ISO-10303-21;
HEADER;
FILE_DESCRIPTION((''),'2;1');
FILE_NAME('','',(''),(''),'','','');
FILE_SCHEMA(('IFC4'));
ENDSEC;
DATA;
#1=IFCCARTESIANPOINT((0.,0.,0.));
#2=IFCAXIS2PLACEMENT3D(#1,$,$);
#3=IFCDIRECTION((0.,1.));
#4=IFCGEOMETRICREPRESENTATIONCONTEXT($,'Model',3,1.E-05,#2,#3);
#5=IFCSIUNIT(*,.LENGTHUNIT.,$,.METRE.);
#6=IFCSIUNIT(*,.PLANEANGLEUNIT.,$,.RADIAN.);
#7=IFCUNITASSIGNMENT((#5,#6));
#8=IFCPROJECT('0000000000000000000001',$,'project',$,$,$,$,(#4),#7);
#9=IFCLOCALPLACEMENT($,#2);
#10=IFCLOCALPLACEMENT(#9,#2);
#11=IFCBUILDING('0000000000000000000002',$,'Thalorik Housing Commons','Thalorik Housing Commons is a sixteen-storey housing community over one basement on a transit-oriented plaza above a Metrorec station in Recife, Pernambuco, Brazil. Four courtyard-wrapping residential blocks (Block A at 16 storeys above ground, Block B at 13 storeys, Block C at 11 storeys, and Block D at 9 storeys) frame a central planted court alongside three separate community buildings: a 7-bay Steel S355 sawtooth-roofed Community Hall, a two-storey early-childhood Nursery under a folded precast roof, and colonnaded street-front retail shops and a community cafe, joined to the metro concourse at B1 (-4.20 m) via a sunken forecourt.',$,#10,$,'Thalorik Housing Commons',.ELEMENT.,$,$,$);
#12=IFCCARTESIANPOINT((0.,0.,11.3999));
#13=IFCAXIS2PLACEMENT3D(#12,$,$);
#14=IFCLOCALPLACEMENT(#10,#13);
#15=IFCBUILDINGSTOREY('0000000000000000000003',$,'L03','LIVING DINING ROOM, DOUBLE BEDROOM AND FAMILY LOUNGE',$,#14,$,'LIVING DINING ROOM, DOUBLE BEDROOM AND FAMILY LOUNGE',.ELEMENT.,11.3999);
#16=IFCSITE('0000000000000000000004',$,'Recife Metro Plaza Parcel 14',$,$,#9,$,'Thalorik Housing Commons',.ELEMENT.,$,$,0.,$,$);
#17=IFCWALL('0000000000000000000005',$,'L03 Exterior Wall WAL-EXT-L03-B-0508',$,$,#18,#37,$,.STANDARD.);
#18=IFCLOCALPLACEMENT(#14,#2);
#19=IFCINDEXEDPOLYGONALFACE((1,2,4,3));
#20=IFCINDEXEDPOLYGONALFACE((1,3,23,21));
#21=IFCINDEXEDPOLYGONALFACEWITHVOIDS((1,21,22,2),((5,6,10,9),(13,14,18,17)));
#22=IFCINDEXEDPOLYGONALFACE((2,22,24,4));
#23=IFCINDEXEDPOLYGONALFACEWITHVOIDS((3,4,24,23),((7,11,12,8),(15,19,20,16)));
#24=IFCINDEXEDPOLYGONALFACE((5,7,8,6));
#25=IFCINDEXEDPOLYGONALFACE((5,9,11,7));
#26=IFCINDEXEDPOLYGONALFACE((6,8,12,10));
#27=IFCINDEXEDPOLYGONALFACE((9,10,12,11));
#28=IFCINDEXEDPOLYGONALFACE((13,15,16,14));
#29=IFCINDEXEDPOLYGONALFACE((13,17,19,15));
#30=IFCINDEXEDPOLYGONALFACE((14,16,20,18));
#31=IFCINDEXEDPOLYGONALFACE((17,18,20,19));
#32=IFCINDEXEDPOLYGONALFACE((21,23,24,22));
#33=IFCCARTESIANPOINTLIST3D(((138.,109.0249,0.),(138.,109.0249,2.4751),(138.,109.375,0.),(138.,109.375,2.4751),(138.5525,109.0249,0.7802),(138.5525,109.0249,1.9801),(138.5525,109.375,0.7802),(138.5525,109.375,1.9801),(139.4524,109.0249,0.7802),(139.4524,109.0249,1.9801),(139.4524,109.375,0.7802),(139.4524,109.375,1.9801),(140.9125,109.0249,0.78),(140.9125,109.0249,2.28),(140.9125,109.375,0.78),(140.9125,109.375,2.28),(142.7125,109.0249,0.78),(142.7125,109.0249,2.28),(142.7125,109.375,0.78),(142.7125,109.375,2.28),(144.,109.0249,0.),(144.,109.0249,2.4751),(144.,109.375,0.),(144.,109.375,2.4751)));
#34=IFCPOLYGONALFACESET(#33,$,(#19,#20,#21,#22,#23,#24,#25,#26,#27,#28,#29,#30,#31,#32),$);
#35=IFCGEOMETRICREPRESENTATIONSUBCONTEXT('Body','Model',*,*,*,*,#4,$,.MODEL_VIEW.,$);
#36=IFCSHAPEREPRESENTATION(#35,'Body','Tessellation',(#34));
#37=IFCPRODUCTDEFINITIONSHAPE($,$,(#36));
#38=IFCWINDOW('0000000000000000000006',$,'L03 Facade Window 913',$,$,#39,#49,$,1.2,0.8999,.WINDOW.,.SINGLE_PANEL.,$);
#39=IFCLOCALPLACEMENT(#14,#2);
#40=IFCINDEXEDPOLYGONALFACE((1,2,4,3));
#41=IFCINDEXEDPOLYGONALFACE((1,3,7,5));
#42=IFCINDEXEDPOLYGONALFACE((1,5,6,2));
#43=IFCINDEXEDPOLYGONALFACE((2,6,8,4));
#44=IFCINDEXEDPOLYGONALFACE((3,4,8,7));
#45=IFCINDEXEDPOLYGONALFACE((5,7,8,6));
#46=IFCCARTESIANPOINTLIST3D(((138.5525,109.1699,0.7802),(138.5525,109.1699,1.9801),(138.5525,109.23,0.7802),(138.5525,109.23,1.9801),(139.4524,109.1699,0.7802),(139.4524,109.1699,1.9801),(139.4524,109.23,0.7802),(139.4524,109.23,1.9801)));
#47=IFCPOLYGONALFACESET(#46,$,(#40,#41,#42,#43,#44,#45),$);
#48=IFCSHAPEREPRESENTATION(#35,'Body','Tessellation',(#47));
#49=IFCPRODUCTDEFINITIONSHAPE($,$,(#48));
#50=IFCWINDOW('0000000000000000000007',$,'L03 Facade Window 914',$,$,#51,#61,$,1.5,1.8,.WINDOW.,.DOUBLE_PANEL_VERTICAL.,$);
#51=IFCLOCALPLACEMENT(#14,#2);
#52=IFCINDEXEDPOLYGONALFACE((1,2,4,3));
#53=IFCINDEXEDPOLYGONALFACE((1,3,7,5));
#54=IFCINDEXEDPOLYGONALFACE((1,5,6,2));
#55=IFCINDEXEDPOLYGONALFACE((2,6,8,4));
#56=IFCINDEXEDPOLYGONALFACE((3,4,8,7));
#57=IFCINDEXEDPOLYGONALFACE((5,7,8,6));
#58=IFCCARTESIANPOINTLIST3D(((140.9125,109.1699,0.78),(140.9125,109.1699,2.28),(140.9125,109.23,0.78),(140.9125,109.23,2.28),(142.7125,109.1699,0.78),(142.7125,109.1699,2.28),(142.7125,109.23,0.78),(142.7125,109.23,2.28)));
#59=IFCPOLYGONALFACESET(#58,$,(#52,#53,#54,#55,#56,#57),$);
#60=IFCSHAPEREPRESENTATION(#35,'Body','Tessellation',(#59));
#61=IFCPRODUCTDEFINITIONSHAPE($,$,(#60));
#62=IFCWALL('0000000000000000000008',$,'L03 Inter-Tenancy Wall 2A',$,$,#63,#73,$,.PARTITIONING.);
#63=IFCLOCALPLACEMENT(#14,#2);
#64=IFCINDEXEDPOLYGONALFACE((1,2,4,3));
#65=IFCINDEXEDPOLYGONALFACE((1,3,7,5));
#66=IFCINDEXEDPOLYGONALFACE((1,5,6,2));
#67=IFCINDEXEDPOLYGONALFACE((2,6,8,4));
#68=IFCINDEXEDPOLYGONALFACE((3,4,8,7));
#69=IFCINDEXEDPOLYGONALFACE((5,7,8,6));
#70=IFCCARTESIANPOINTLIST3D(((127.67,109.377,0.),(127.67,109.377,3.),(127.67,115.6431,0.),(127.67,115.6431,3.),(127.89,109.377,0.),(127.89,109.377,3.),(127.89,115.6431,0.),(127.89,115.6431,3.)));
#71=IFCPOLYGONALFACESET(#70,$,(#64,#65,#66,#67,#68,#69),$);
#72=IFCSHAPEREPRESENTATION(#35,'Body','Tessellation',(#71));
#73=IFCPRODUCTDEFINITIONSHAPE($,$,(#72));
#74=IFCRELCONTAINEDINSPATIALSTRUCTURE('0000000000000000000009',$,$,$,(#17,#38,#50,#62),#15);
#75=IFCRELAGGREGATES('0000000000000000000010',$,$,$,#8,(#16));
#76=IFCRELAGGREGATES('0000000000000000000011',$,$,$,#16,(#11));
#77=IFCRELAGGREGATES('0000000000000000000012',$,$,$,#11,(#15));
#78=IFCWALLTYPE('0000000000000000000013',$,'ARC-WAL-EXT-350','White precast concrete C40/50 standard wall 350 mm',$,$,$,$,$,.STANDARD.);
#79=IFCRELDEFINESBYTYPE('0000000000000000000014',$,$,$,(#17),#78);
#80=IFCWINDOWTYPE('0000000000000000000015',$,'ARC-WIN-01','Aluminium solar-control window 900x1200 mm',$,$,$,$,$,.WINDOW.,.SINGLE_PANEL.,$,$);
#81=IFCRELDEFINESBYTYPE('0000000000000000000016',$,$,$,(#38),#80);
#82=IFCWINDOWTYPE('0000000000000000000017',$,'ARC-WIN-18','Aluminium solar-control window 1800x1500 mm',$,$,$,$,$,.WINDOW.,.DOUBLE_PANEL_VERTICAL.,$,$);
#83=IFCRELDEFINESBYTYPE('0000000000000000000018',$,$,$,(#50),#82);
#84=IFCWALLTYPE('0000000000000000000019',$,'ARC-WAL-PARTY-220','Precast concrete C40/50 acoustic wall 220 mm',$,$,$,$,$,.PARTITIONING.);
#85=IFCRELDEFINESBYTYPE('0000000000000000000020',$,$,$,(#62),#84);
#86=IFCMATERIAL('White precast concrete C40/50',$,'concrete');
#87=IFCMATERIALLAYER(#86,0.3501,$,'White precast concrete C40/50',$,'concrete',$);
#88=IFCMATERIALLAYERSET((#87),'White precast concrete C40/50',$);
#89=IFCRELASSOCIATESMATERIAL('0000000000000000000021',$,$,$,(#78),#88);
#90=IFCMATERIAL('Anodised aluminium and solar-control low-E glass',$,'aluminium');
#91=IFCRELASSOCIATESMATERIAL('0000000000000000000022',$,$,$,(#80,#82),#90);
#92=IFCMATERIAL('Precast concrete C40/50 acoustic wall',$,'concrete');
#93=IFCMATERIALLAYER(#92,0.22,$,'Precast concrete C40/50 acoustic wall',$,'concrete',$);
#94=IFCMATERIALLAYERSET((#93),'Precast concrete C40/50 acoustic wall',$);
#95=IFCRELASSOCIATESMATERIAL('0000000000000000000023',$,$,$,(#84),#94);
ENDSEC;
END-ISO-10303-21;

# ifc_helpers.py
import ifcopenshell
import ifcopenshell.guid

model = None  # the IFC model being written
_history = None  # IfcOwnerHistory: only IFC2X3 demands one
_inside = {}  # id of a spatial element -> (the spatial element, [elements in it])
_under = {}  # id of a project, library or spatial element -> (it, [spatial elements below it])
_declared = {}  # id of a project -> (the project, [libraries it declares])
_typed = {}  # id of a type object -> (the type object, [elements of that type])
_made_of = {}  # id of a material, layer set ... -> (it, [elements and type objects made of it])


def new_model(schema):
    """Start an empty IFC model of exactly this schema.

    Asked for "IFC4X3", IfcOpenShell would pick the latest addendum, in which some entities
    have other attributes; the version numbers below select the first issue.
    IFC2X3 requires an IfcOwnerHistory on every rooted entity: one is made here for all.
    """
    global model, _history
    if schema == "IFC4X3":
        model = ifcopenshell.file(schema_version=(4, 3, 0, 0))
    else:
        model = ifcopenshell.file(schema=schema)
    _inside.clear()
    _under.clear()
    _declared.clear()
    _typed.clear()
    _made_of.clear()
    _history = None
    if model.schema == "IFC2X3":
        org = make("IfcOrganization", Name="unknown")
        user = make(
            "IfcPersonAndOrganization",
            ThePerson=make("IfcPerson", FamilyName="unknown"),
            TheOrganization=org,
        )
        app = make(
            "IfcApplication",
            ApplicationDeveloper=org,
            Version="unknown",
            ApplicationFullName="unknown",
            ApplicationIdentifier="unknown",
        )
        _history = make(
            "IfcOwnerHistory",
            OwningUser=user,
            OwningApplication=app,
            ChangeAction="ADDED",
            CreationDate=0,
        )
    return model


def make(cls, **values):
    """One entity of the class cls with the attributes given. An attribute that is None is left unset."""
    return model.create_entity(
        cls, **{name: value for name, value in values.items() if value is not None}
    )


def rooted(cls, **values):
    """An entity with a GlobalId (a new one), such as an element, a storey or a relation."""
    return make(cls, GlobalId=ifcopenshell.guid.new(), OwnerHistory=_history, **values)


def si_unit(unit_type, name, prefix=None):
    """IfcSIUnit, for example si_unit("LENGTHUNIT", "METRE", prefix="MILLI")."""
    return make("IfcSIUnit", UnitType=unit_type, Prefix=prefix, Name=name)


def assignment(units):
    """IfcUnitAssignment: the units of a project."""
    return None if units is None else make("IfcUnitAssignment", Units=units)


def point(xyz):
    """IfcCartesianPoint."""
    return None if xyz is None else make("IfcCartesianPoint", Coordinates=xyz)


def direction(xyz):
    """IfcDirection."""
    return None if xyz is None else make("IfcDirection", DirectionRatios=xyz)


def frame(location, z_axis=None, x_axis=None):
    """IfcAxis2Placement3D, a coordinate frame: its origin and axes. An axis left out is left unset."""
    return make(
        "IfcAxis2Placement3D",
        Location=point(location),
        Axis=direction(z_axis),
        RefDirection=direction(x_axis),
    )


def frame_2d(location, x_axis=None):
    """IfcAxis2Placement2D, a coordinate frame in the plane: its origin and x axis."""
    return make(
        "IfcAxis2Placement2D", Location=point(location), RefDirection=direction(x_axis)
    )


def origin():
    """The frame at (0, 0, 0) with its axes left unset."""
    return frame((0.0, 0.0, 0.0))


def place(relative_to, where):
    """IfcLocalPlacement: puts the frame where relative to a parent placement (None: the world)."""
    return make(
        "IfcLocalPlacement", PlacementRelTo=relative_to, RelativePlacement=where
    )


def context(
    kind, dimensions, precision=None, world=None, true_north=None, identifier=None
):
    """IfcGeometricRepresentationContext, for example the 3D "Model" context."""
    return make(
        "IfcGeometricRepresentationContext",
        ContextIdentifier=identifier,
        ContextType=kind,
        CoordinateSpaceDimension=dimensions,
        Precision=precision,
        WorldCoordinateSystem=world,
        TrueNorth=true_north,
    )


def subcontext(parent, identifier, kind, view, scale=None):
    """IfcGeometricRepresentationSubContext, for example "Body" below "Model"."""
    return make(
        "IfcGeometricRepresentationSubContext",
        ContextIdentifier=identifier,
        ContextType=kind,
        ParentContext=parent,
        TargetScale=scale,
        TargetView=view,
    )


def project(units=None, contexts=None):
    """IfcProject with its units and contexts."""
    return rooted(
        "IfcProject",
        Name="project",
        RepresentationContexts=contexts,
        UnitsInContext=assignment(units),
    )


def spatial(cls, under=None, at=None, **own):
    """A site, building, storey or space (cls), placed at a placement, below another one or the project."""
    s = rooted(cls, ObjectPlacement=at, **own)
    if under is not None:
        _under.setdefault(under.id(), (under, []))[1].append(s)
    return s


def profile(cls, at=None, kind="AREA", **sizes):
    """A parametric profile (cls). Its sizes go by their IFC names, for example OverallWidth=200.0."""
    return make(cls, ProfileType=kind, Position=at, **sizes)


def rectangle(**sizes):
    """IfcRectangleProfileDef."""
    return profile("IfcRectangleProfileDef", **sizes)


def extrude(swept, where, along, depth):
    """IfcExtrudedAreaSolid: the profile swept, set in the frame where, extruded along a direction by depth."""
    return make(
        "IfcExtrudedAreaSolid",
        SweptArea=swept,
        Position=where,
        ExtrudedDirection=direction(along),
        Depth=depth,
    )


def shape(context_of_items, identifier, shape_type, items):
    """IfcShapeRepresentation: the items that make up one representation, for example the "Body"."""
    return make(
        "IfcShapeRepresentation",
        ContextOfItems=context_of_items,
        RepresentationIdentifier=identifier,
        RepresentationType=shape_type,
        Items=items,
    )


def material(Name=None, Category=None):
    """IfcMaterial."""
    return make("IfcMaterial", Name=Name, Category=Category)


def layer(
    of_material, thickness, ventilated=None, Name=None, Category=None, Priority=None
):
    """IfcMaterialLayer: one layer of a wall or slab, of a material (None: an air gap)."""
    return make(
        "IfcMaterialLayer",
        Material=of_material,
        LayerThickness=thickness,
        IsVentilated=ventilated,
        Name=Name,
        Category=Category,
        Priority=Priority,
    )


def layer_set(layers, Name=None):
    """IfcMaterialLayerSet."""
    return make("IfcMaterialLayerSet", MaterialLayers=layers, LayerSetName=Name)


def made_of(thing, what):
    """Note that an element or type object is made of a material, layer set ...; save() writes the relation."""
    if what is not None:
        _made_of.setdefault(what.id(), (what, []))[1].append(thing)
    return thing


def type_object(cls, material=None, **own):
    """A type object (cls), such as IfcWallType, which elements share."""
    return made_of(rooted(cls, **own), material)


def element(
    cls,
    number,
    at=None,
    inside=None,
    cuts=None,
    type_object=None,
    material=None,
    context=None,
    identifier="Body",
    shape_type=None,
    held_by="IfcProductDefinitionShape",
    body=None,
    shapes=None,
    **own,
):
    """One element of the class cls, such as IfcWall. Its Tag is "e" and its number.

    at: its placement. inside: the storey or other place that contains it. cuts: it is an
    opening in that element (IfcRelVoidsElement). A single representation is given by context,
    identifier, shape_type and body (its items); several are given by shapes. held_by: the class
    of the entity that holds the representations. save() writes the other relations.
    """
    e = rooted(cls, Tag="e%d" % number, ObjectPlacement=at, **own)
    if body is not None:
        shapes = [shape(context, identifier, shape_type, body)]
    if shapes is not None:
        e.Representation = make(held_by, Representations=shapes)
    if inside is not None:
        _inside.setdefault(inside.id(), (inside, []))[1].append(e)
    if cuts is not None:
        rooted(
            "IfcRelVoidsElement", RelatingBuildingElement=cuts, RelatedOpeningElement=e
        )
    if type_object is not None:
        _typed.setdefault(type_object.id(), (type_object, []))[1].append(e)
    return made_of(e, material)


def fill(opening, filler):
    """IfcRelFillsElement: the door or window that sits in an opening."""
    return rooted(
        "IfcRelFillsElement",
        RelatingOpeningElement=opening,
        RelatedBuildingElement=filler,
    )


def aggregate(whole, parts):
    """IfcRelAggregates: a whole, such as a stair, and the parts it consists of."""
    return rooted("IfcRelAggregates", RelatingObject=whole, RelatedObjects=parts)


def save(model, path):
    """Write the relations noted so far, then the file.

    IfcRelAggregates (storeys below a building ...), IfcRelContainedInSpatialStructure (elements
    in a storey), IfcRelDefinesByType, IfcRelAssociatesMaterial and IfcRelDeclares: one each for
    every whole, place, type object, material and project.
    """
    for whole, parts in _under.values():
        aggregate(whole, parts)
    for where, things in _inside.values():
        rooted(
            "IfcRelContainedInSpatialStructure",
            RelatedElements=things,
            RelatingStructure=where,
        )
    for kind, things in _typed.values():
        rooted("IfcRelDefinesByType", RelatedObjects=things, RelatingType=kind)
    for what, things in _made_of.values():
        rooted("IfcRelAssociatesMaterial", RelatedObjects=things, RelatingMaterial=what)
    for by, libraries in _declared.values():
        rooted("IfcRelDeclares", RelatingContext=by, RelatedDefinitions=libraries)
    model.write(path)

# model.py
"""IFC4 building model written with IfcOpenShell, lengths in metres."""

from ifc_helpers import new_model, si_unit, direction, frame, frame_2d, origin, place, context, subcontext, project, spatial, rectangle, extrude, material, layer, layer_set, type_object, element, fill, save


model = new_model("IFC4")

# Units and contexts
model_context = context("Model", 3, precision=1e-05, world=origin(), true_north=direction((0.0, 1.0)))
body_context = subcontext(model_context, "Body", "Model", "MODEL_VIEW")
ifc_project = project(units=[si_unit("LENGTHUNIT", "METRE"), si_unit("PLANEANGLEUNIT", "RADIAN")], contexts=[model_context])

# Site, building, storey
site_placement = place(None, origin())
site = spatial("IfcSite", under=ifc_project, at=site_placement, Name="Recife Metro Plaza Parcel 14", LongName="Thalorik Housing Commons", CompositionType="ELEMENT", RefElevation=0.0)
building_placement = place(site_placement, origin())
building = spatial("IfcBuilding", under=site, at=building_placement, Name="Thalorik Housing Commons", Description="Thalorik Housing Commons is a sixteen-storey housing community over one basement on a transit-oriented plaza above a Metrorec station in Recife, Pernambuco, Brazil. Four courtyard-wrapping residential blocks (Block A at 16 storeys above ground, Block B at 13 storeys, Block C at 11 storeys, and Block D at 9 storeys) frame a central planted court alongside three separate community buildings: a 7-bay Steel S355 sawtooth-roofed Community Hall, a two-storey early-childhood Nursery under a folded precast roof, and colonnaded street-front retail shops and a community cafe, joined to the metro concourse at B1 (-4.20 m) via a sunken forecourt.", LongName="Thalorik Housing Commons", CompositionType="ELEMENT")
storey_placement = place(building_placement, frame((0.0, 0.0, 11.3999)))
storey = spatial("IfcBuildingStorey", under=building, at=storey_placement, Name="L03", Description="LIVING DINING ROOM, DOUBLE BEDROOM AND FAMILY LOUNGE", LongName="LIVING DINING ROOM, DOUBLE BEDROOM AND FAMILY LOUNGE", CompositionType="ELEMENT", Elevation=11.3999)

# Wall, openings, windows
ifc_material_1 = material(Name="White precast concrete C40/50", Category="concrete")
ifc_layer_1 = layer(ifc_material_1, 0.3501, Name="White precast concrete C40/50", Category="concrete")
ifc_layer_set_1 = layer_set([ifc_layer_1], Name="White precast concrete C40/50")
wall_type_1 = type_object("IfcWallType", Name="ARC-WAL-EXT-350", Description="White precast concrete C40/50 standard wall 350 mm", PredefinedType="STANDARD", material=ifc_layer_set_1)
ifc_material_2 = material(Name="Anodised aluminium and solar-control low-E glass", Category="aluminium")
wall_1_placement = place(storey_placement, frame((138.0, 109.2, 0.0), z_axis=(0.0, 0.0, 1.0), x_axis=(1.0, 0.0, 0.0)))
wall_1 = element("IfcWall", 1, at=wall_1_placement, inside=storey, type_object=wall_type_1, Name="L03 Exterior Wall WAL-EXT-L03-B-0508", PredefinedType="STANDARD", context=body_context, shape_type="SweptSolid", body=[
    extrude(rectangle(XDim=6.0, YDim=0.3501, at=frame_2d((3.0, 0.0))), origin(), (0.0, 0.0, 1.0), 2.4751),
])
opening_1_placement = place(wall_1_placement, frame((0.5525, 0.0, 0.78)))
opening_1 = element("IfcOpeningElement", 2, at=opening_1_placement, cuts=wall_1, PredefinedType="OPENING", context=body_context, shape_type="SweptSolid", body=[
    extrude(rectangle(XDim=0.8999, YDim=1.2, at=frame_2d((0.45, 0.6001))), frame((0.0, 0.1851, 0.0), z_axis=(0.0, -1.0, 0.0), x_axis=(1.0, 0.0, 0.0)), (0.0, 0.0, 1.0), 0.3701),
])
opening_2_placement = place(wall_1_placement, frame((2.9126, 0.0, 0.78)))
opening_2 = element("IfcOpeningElement", 3, at=opening_2_placement, cuts=wall_1, PredefinedType="OPENING", context=body_context, shape_type="SweptSolid", body=[
    extrude(rectangle(XDim=1.8, YDim=1.5, at=frame_2d((0.8999, 0.75))), frame((0.0, 0.1851, 0.0), z_axis=(0.0, -1.0, 0.0), x_axis=(1.0, 0.0, 0.0)), (0.0, 0.0, 1.0), 0.3701),
])
window_type_1 = type_object("IfcWindowType", Name="ARC-WIN-01", Description="Aluminium solar-control window 900x1200 mm", PartitioningType="SINGLE_PANEL", PredefinedType="WINDOW", material=ifc_material_2)
window_1_placement = place(opening_1_placement, origin())
window_1 = element("IfcWindow", 4, at=window_1_placement, inside=storey, type_object=window_type_1, Name="L03 Facade Window 913", OverallHeight=1.2, OverallWidth=0.8999, PartitioningType="SINGLE_PANEL", PredefinedType="WINDOW", context=body_context, shape_type="SweptSolid", body=[
    extrude(rectangle(XDim=0.8999, YDim=1.2, at=frame_2d((0.45, 0.6001))), frame((0.0, 0.03, 0.0), z_axis=(0.0, -1.0, 0.0), x_axis=(1.0, 0.0, 0.0)), (0.0, 0.0, 1.0), 0.0601),
])
fill(opening_1, window_1)
window_type_2 = type_object("IfcWindowType", Name="ARC-WIN-18", Description="Aluminium solar-control window 1800x1500 mm", PartitioningType="DOUBLE_PANEL_VERTICAL", PredefinedType="WINDOW", material=ifc_material_2)
window_2_placement = place(opening_2_placement, origin())
window_2 = element("IfcWindow", 5, at=window_2_placement, inside=storey, type_object=window_type_2, Name="L03 Facade Window 914", OverallHeight=1.5, OverallWidth=1.8, PartitioningType="DOUBLE_PANEL_VERTICAL", PredefinedType="WINDOW", context=body_context, shape_type="SweptSolid", body=[
    extrude(rectangle(XDim=1.8, YDim=1.5, at=frame_2d((0.8999, 0.75))), frame((0.0, 0.03, 0.0), z_axis=(0.0, -1.0, 0.0), x_axis=(1.0, 0.0, 0.0)), (0.0, 0.0, 1.0), 0.0601),
])
fill(opening_2, window_2)

# Wall
ifc_material_3 = material(Name="Precast concrete C40/50 acoustic wall", Category="concrete")
ifc_layer_2 = layer(ifc_material_3, 0.22, Name="Precast concrete C40/50 acoustic wall", Category="concrete")
ifc_layer_set_2 = layer_set([ifc_layer_2], Name="Precast concrete C40/50 acoustic wall")
wall_type_2 = type_object("IfcWallType", Name="ARC-WAL-PARTY-220", Description="Precast concrete C40/50 acoustic wall 220 mm", PredefinedType="PARTITIONING", material=ifc_layer_set_2)
wall_2_placement = place(storey_placement, frame((127.78, 109.377, 0.0), z_axis=(0.0, 0.0, 1.0), x_axis=(0.0, 1.0, 0.0)))
element("IfcWall", 6, at=wall_2_placement, inside=storey, type_object=wall_type_2, Name="L03 Inter-Tenancy Wall 2A", PredefinedType="PARTITIONING", context=body_context, shape_type="SweptSolid", body=[
    extrude(rectangle(XDim=6.2661, YDim=0.22, at=frame_2d((3.1331, 0.0))), origin(), (0.0, 0.0, 1.0), 3.0),
])

save(model, "model.ifc")
